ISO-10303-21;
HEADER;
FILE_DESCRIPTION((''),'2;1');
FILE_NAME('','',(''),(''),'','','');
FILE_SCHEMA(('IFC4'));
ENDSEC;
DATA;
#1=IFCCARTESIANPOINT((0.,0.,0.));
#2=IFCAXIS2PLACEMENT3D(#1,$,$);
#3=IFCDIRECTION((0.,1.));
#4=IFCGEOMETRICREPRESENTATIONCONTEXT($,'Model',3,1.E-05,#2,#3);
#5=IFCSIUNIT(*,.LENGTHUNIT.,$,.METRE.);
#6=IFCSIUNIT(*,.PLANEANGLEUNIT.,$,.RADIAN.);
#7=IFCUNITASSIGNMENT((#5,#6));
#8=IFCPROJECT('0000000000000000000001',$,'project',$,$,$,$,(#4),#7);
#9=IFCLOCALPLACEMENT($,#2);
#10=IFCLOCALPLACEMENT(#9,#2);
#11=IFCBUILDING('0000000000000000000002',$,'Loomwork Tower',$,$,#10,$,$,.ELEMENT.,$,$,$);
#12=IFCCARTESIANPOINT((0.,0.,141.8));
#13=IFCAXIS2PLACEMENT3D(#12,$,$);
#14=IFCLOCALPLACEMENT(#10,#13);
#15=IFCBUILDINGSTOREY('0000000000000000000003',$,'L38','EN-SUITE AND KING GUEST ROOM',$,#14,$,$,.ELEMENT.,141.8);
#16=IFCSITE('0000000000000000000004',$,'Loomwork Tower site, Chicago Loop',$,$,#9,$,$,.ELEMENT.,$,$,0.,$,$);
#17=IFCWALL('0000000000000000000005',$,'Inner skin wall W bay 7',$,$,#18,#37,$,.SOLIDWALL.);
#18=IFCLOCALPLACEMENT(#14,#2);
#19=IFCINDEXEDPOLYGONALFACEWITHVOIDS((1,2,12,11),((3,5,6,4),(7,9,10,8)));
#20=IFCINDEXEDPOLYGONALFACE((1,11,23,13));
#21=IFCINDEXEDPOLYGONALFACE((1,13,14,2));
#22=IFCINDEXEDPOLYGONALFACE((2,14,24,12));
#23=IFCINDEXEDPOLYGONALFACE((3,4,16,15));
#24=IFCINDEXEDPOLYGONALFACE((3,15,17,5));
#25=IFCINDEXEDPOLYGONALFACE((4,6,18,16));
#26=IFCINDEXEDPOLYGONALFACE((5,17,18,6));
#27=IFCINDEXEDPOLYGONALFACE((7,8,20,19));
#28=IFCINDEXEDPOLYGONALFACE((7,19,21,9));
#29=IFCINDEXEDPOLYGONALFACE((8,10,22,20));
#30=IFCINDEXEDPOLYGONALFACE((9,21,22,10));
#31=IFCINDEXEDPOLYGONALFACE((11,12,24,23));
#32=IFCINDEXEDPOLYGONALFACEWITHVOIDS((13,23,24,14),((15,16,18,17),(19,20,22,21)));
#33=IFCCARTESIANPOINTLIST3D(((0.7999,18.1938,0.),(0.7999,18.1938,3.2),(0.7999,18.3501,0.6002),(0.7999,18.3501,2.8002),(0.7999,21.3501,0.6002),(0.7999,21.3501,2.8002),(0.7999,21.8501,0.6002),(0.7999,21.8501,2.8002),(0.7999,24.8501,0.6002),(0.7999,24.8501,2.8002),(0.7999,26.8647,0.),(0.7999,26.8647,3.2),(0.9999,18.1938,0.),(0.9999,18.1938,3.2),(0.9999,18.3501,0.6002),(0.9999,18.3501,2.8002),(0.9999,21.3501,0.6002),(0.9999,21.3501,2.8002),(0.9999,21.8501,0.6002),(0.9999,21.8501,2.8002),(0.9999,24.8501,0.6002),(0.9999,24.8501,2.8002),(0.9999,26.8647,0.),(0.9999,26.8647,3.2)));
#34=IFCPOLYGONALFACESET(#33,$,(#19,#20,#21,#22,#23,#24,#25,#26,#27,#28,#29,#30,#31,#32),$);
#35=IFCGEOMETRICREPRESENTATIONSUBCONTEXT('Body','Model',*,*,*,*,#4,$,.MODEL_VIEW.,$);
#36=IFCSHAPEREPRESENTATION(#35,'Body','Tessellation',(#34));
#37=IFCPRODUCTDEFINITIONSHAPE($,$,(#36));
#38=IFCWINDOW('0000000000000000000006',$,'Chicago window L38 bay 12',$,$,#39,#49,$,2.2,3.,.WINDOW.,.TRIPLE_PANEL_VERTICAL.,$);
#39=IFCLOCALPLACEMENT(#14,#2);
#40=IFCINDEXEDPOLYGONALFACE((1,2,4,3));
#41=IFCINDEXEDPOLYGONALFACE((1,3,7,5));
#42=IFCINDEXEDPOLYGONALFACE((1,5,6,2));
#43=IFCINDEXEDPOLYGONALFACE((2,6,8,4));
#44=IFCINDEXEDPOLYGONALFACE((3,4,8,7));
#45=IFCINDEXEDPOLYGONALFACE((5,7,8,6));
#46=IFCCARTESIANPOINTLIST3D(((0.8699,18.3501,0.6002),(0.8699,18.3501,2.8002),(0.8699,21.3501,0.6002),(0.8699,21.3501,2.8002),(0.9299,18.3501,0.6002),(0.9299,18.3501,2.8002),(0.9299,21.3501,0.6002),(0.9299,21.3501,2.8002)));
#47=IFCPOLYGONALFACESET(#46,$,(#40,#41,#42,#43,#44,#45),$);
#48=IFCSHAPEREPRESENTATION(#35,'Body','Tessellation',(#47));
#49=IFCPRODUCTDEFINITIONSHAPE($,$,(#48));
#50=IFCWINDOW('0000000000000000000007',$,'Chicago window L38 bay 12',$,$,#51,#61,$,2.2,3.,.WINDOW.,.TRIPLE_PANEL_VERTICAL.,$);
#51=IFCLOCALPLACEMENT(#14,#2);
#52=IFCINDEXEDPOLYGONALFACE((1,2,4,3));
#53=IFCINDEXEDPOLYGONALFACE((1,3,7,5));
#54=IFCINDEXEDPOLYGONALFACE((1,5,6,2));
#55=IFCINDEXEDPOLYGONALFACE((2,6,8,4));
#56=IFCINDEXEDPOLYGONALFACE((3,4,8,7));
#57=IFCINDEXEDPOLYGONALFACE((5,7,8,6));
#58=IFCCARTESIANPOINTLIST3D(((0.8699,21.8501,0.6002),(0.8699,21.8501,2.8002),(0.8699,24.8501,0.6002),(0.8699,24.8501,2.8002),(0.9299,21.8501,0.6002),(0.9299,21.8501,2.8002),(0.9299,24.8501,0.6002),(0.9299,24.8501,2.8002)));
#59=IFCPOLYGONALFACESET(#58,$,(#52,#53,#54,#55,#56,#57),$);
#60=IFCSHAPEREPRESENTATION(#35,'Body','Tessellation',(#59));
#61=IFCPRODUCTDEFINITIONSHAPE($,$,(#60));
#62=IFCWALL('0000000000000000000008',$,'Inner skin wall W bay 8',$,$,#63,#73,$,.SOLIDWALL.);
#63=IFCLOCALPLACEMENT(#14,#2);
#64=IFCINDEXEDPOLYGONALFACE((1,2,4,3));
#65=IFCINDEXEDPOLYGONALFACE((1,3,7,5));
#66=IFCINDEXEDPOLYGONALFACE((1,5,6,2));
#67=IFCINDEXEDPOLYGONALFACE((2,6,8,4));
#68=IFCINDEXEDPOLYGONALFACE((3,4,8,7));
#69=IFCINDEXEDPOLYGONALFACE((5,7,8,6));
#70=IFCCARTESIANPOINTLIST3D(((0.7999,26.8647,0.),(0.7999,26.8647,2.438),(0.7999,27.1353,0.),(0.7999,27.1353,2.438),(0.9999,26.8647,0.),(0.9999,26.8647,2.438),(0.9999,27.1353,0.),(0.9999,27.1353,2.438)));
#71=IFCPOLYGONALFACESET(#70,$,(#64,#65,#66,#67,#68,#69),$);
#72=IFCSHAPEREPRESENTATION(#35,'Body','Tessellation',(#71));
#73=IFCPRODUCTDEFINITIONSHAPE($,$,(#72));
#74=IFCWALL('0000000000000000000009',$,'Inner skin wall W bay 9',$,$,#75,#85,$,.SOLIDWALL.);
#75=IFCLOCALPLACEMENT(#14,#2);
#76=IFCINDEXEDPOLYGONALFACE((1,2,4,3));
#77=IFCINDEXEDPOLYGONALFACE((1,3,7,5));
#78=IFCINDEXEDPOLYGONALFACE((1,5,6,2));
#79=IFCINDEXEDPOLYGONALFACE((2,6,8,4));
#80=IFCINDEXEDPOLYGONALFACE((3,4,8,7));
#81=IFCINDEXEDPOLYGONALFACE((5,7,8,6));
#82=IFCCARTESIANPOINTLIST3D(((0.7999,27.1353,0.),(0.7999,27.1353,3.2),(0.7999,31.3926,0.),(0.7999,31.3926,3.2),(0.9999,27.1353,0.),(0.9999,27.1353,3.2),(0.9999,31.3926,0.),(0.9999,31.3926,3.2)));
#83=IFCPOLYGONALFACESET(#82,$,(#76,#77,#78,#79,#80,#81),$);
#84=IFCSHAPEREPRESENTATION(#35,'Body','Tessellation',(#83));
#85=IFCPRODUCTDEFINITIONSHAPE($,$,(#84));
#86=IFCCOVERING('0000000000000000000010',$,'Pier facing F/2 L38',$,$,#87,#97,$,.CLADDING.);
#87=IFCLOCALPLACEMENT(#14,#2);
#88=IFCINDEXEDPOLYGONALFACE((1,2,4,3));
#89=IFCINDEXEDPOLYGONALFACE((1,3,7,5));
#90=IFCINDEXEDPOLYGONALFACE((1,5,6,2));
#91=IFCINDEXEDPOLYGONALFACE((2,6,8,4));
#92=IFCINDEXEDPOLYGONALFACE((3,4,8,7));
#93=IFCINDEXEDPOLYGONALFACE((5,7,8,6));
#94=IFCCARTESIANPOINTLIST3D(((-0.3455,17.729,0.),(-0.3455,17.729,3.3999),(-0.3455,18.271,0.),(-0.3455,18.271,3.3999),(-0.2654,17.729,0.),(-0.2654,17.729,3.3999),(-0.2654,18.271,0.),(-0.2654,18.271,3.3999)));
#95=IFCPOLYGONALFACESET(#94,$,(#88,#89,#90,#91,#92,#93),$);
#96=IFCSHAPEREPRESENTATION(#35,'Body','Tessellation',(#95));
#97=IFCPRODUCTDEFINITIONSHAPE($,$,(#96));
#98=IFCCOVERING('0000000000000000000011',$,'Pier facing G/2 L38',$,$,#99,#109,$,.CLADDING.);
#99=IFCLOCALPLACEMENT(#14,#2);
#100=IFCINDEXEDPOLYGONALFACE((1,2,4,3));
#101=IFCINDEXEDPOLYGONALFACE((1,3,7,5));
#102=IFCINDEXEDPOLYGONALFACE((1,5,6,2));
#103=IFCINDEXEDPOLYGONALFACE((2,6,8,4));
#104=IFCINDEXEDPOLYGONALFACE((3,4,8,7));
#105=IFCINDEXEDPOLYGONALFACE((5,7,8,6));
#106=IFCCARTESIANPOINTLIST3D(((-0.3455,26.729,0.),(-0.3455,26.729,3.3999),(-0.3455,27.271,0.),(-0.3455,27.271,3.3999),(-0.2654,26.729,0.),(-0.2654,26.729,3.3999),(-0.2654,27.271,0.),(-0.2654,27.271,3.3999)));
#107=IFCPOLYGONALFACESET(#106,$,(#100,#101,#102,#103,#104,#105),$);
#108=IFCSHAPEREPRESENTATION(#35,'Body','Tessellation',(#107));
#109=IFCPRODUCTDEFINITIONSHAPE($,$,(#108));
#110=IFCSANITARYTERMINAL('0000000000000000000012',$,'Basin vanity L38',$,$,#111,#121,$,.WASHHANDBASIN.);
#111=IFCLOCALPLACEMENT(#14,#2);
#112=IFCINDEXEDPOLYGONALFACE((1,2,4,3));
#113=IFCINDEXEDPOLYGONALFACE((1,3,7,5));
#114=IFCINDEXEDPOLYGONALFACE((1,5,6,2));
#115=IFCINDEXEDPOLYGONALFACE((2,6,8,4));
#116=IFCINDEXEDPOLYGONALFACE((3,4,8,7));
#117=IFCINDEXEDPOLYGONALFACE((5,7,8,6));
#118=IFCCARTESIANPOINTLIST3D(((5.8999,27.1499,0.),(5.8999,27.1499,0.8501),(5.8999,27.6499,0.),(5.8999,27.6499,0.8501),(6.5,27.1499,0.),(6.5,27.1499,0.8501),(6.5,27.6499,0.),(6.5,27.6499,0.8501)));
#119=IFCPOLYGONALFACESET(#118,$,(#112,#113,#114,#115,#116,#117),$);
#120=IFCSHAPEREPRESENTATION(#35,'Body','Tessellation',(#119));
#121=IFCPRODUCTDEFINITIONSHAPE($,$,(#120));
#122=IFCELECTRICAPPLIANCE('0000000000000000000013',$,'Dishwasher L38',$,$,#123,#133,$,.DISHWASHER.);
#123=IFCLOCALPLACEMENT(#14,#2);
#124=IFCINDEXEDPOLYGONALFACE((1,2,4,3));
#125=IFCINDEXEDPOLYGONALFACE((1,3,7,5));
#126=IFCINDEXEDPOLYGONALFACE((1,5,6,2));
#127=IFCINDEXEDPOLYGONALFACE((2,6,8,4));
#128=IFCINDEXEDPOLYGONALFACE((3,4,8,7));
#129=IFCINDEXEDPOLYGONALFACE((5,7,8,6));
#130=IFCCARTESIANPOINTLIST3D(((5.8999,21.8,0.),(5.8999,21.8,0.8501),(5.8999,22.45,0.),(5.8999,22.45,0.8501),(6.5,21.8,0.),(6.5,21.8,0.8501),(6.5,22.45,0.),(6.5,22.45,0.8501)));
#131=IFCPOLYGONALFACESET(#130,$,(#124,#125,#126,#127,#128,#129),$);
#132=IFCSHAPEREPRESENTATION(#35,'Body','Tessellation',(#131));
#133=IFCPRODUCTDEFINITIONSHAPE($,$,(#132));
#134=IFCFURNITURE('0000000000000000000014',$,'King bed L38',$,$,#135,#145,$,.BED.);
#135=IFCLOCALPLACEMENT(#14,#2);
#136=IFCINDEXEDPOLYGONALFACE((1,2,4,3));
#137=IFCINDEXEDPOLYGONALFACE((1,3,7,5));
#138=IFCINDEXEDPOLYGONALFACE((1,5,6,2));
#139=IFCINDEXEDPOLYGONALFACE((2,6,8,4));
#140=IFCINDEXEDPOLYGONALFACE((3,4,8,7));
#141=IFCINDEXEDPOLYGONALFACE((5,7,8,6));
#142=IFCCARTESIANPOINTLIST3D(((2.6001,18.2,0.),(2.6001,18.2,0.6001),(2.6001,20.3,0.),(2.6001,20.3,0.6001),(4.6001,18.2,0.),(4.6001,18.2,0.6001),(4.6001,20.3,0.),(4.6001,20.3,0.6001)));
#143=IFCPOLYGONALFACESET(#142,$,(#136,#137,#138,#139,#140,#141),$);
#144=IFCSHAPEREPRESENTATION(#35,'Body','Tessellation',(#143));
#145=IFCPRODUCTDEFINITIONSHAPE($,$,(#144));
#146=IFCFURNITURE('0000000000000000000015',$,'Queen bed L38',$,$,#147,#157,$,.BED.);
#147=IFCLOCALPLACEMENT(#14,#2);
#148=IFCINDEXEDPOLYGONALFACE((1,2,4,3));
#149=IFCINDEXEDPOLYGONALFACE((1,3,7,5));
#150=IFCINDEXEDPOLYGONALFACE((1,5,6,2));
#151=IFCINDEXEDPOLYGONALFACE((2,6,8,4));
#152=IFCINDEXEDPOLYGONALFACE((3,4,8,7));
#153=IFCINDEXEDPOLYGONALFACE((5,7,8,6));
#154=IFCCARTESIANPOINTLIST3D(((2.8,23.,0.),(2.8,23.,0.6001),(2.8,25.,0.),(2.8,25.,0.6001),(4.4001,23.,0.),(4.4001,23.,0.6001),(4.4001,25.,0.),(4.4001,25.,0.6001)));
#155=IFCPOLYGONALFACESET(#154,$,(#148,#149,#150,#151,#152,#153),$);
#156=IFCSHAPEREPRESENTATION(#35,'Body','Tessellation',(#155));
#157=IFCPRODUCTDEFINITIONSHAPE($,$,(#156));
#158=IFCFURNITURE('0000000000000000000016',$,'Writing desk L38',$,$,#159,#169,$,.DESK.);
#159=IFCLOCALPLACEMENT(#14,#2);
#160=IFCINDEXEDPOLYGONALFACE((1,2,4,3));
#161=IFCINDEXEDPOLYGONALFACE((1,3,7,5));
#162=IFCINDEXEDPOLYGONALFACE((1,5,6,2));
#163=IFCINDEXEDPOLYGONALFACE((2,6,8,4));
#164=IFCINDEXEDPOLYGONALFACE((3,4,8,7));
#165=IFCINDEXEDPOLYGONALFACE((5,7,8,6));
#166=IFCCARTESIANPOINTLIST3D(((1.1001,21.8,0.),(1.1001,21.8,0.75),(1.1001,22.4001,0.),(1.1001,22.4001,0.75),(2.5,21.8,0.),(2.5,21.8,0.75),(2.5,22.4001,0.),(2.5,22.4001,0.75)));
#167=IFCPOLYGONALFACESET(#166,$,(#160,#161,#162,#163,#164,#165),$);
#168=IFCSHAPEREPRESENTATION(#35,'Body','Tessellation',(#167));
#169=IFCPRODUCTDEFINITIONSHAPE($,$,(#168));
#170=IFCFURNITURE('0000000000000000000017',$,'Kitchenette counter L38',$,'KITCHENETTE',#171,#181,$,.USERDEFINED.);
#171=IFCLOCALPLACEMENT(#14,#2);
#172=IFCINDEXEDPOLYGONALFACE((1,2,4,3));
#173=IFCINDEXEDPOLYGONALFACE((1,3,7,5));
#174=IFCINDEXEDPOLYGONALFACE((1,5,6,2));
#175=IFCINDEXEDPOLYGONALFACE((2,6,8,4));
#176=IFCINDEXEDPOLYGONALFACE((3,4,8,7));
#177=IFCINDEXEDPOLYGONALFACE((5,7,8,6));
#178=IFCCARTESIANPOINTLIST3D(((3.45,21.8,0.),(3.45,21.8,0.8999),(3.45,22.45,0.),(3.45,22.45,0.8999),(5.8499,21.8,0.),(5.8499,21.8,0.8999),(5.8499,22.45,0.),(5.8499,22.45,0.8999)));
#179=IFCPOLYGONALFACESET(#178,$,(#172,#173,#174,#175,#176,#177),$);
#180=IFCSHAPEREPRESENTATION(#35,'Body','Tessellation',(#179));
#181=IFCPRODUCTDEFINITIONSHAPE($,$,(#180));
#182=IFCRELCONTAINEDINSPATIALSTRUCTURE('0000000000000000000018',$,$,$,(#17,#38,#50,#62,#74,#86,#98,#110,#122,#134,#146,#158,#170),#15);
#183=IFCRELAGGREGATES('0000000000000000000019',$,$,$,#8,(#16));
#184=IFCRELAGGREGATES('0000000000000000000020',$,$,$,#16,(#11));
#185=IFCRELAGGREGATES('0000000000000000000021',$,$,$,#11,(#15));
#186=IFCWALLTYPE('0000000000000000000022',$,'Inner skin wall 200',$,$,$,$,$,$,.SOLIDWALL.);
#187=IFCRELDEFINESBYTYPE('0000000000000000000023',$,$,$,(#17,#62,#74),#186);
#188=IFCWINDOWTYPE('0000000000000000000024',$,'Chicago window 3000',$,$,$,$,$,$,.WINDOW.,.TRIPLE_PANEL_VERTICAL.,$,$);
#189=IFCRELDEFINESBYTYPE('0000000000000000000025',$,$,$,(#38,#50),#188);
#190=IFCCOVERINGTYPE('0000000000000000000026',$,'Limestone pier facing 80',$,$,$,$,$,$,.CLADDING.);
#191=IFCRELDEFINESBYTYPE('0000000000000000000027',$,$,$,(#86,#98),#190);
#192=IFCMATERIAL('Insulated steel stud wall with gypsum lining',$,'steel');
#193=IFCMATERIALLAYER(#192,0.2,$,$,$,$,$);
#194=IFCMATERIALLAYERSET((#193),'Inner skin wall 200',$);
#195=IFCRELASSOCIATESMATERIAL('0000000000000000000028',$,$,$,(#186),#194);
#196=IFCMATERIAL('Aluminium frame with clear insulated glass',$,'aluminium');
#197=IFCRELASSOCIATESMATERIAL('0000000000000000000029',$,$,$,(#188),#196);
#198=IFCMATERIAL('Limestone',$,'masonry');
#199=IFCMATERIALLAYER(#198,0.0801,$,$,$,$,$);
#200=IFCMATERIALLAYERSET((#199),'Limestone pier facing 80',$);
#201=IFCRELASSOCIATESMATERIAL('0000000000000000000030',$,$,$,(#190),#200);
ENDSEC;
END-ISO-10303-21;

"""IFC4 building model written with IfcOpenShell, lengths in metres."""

from ifc_helpers import new_model, si_unit, direction, frame, frame_2d, origin, origin_2d, place, context, subcontext, project, spatial, rectangle, extrude, material, layer, layer_set, type_object, element, fill, save


model = new_model("IFC4")

# Units and contexts
model_context = context("Model", 3, precision=1e-05, world=origin(), true_north=direction((0.0, 1.0)))
body_context = subcontext(model_context, "Body", "Model", "MODEL_VIEW")
ifc_project = project(units=[si_unit("LENGTHUNIT", "METRE"), si_unit("PLANEANGLEUNIT", "RADIAN")], contexts=[model_context])

# Site, building, storey
site_placement = place(None, origin())
site = spatial("IfcSite", under=ifc_project, at=site_placement, Name="Loomwork Tower site, Chicago Loop", CompositionType="ELEMENT", RefElevation=0.0)
building_placement = place(site_placement, origin())
building = spatial("IfcBuilding", under=site, at=building_placement, Name="Loomwork Tower", CompositionType="ELEMENT")
storey_placement = place(building_placement, frame((0.0, 0.0, 141.8)))
storey = spatial("IfcBuildingStorey", under=building, at=storey_placement, Name="L38", Description="EN-SUITE AND KING GUEST ROOM", CompositionType="ELEMENT", Elevation=141.8)

# Shared definitions
ifc_material_1 = material(Name="Insulated steel stud wall with gypsum lining", Category="steel")
ifc_layer_1 = layer(ifc_material_1, 0.2)
ifc_layer_set_1 = layer_set([ifc_layer_1], Name="Inner skin wall 200")
wall_type_1 = type_object("IfcWallType", Name="Inner skin wall 200", PredefinedType="SOLIDWALL", material=ifc_layer_set_1)

# Wall, openings, windows
wall_1_placement = place(storey_placement, frame((0.8999, 18.1938, 0.0), z_axis=(0.0, 0.0, 1.0), x_axis=(0.0, 1.0, 0.0)))
wall_1 = element("IfcWall", 1, at=wall_1_placement, inside=storey, type_object=wall_type_1, Name="Inner skin wall W bay 7", PredefinedType="SOLIDWALL", context=body_context, shape_type="SweptSolid", body=[
    extrude(rectangle(XDim=8.6709, YDim=0.2, at=frame_2d((4.3354, 0.0))), origin(), (0.0, 0.0, 1.0), 3.2),
])
opening_1_placement = place(wall_1_placement, frame((0.1562, 0.0, 0.6001)))
opening_1 = element("IfcOpeningElement", 2, at=opening_1_placement, cuts=wall_1, PredefinedType="OPENING", context=body_context, shape_type="SweptSolid", body=[
    extrude(rectangle(XDim=3.0, YDim=2.2, at=frame_2d((1.5, 1.1001))), frame((0.0, 0.1099, 0.0), z_axis=(0.0, -1.0, 0.0), x_axis=(1.0, 0.0, 0.0)), (0.0, 0.0, 1.0), 0.22),
])
opening_2_placement = place(wall_1_placement, frame((3.6562, 0.0, 0.6001)))
opening_2 = element("IfcOpeningElement", 3, at=opening_2_placement, cuts=wall_1, PredefinedType="OPENING", context=body_context, shape_type="SweptSolid", body=[
    extrude(rectangle(XDim=3.0, YDim=2.2, at=frame_2d((1.5, 1.1001))), frame((0.0, 0.1099, 0.0), z_axis=(0.0, -1.0, 0.0), x_axis=(1.0, 0.0, 0.0)), (0.0, 0.0, 1.0), 0.22),
])
ifc_material_2 = material(Name="Aluminium frame with clear insulated glass", Category="aluminium")
window_type = type_object("IfcWindowType", Name="Chicago window 3000", PartitioningType="TRIPLE_PANEL_VERTICAL", PredefinedType="WINDOW", material=ifc_material_2)
window_1_placement = place(opening_1_placement, origin())
window_1 = element("IfcWindow", 4, at=window_1_placement, inside=storey, type_object=window_type, Name="Chicago window L38 bay 12", OverallHeight=2.2, OverallWidth=3.0, PartitioningType="TRIPLE_PANEL_VERTICAL", PredefinedType="WINDOW", context=body_context, shape_type="SweptSolid", body=[
    extrude(rectangle(XDim=3.0, YDim=2.2, at=frame_2d((1.5, 1.1001))), frame((0.0, 0.03, 0.0), z_axis=(0.0, -1.0, 0.0), x_axis=(1.0, 0.0, 0.0)), (0.0, 0.0, 1.0), 0.0601),
])
fill(opening_1, window_1)
window_2_placement = place(opening_2_placement, origin())
window_2 = element("IfcWindow", 5, at=window_2_placement, inside=storey, type_object=window_type, Name="Chicago window L38 bay 12", OverallHeight=2.2, OverallWidth=3.0, PartitioningType="TRIPLE_PANEL_VERTICAL", PredefinedType="WINDOW", context=body_context, shape_type="SweptSolid", body=[
    extrude(rectangle(XDim=3.0, YDim=2.2, at=frame_2d((1.5, 1.1001))), frame((0.0, 0.03, 0.0), z_axis=(0.0, -1.0, 0.0), x_axis=(1.0, 0.0, 0.0)), (0.0, 0.0, 1.0), 0.0601),
])
fill(opening_2, window_2)

# Walls
wall_2_placement = place(storey_placement, frame((0.8999, 26.8647, 0.0), z_axis=(0.0, 0.0, 1.0), x_axis=(0.0, 1.0, 0.0)))
element("IfcWall", 6, at=wall_2_placement, inside=storey, type_object=wall_type_1, Name="Inner skin wall W bay 8", PredefinedType="SOLIDWALL", context=body_context, shape_type="SweptSolid", body=[
    extrude(rectangle(XDim=0.2705, YDim=0.2, at=frame_2d((0.1353, 0.0))), origin(), (0.0, 0.0, 1.0), 2.438),
])
wall_3_placement = place(storey_placement, frame((0.8999, 27.1353, 0.0), z_axis=(0.0, 0.0, 1.0), x_axis=(0.0, 1.0, 0.0)))
element("IfcWall", 7, at=wall_3_placement, inside=storey, type_object=wall_type_1, Name="Inner skin wall W bay 9", PredefinedType="SOLIDWALL", context=body_context, shape_type="SweptSolid", body=[
    extrude(rectangle(XDim=4.2573, YDim=0.2, at=frame_2d((2.1287, 0.0))), origin(), (0.0, 0.0, 1.0), 3.2),
])

# Coverings
ifc_material_3 = material(Name="Limestone", Category="masonry")
ifc_layer_2 = layer(ifc_material_3, 0.0801)
ifc_layer_set_2 = layer_set([ifc_layer_2], Name="Limestone pier facing 80")
covering_type = type_object("IfcCoveringType", Name="Limestone pier facing 80", PredefinedType="CLADDING", material=ifc_layer_set_2)
for number, where, z_axis, x_axis, name in (
    (8, (-0.3054, 18.0, 0.0), (0.0, 0.0, 1.0), (1.0, 0.0, 0.0), "Pier facing F/2 L38"),
    (9, (-0.3054, 27.0, 0.0), (0.0, 0.0, 1.0), (1.0, 0.0, 0.0), "Pier facing G/2 L38"),
):
    element("IfcCovering", number, at=place(storey_placement, frame(where, z_axis=z_axis, x_axis=x_axis)), inside=storey, type_object=covering_type, Name=name, PredefinedType="CLADDING", context=body_context, shape_type="SweptSolid", body=[
        extrude(rectangle(XDim=0.0801, YDim=0.542, at=origin_2d()), origin(), (0.0, 0.0, 1.0), 3.3999),
    ])

# Sanitary terminal
sanitary_terminal_placement = place(storey_placement, frame((6.2, 27.3999, 0.0), z_axis=(0.0, 0.0, 1.0), x_axis=(1.0, 0.0, 0.0)))
element("IfcSanitaryTerminal", 10, at=sanitary_terminal_placement, inside=storey, Name="Basin vanity L38", PredefinedType="WASHHANDBASIN", context=body_context, shape_type="SweptSolid", body=[
    extrude(rectangle(XDim=0.6001, YDim=0.5, at=origin_2d()), origin(), (0.0, 0.0, 1.0), 0.8501),
])

# Electric appliance
electric_appliance_placement = place(storey_placement, frame((6.2, 22.125, 0.0), z_axis=(0.0, 0.0, 1.0), x_axis=(1.0, 0.0, 0.0)))
element("IfcElectricAppliance", 11, at=electric_appliance_placement, inside=storey, Name="Dishwasher L38", PredefinedType="DISHWASHER", context=body_context, shape_type="SweptSolid", body=[
    extrude(rectangle(XDim=0.6001, YDim=0.6499, at=origin_2d()), origin(), (0.0, 0.0, 1.0), 0.8501),
])

# Furniture
furniture_1_placement = place(storey_placement, frame((3.6001, 19.25, 0.0), z_axis=(0.0, 0.0, 1.0), x_axis=(1.0, 0.0, 0.0)))
element("IfcFurniture", 12, at=furniture_1_placement, inside=storey, Name="King bed L38", PredefinedType="BED", context=body_context, shape_type="SweptSolid", body=[
    extrude(rectangle(XDim=2.0, YDim=2.1001, at=origin_2d()), origin(), (0.0, 0.0, 1.0), 0.6001),
])
furniture_2_placement = place(storey_placement, frame((3.6001, 24.0, 0.0), z_axis=(0.0, 0.0, 1.0), x_axis=(1.0, 0.0, 0.0)))
element("IfcFurniture", 13, at=furniture_2_placement, inside=storey, Name="Queen bed L38", PredefinedType="BED", context=body_context, shape_type="SweptSolid", body=[
    extrude(rectangle(XDim=1.6001, YDim=2.0, at=origin_2d()), origin(), (0.0, 0.0, 1.0), 0.6001),
])
furniture_3_placement = place(storey_placement, frame((1.8, 22.1001, 0.0), z_axis=(0.0, 0.0, 1.0), x_axis=(1.0, 0.0, 0.0)))
element("IfcFurniture", 14, at=furniture_3_placement, inside=storey, Name="Writing desk L38", PredefinedType="DESK", context=body_context, shape_type="SweptSolid", body=[
    extrude(rectangle(XDim=1.3999, YDim=0.6001, at=origin_2d()), origin(), (0.0, 0.0, 1.0), 0.75),
])
furniture_4_placement = place(storey_placement, frame((4.6499, 22.125, 0.0), z_axis=(0.0, 0.0, 1.0), x_axis=(1.0, 0.0, 0.0)))
element("IfcFurniture", 15, at=furniture_4_placement, inside=storey, Name="Kitchenette counter L38", ObjectType="KITCHENETTE", PredefinedType="USERDEFINED", context=body_context, shape_type="SweptSolid", body=[
    extrude(rectangle(XDim=2.3999, YDim=0.6499, at=origin_2d()), origin(), (0.0, 0.0, 1.0), 0.8999),
])

save(model, "model.ifc")
